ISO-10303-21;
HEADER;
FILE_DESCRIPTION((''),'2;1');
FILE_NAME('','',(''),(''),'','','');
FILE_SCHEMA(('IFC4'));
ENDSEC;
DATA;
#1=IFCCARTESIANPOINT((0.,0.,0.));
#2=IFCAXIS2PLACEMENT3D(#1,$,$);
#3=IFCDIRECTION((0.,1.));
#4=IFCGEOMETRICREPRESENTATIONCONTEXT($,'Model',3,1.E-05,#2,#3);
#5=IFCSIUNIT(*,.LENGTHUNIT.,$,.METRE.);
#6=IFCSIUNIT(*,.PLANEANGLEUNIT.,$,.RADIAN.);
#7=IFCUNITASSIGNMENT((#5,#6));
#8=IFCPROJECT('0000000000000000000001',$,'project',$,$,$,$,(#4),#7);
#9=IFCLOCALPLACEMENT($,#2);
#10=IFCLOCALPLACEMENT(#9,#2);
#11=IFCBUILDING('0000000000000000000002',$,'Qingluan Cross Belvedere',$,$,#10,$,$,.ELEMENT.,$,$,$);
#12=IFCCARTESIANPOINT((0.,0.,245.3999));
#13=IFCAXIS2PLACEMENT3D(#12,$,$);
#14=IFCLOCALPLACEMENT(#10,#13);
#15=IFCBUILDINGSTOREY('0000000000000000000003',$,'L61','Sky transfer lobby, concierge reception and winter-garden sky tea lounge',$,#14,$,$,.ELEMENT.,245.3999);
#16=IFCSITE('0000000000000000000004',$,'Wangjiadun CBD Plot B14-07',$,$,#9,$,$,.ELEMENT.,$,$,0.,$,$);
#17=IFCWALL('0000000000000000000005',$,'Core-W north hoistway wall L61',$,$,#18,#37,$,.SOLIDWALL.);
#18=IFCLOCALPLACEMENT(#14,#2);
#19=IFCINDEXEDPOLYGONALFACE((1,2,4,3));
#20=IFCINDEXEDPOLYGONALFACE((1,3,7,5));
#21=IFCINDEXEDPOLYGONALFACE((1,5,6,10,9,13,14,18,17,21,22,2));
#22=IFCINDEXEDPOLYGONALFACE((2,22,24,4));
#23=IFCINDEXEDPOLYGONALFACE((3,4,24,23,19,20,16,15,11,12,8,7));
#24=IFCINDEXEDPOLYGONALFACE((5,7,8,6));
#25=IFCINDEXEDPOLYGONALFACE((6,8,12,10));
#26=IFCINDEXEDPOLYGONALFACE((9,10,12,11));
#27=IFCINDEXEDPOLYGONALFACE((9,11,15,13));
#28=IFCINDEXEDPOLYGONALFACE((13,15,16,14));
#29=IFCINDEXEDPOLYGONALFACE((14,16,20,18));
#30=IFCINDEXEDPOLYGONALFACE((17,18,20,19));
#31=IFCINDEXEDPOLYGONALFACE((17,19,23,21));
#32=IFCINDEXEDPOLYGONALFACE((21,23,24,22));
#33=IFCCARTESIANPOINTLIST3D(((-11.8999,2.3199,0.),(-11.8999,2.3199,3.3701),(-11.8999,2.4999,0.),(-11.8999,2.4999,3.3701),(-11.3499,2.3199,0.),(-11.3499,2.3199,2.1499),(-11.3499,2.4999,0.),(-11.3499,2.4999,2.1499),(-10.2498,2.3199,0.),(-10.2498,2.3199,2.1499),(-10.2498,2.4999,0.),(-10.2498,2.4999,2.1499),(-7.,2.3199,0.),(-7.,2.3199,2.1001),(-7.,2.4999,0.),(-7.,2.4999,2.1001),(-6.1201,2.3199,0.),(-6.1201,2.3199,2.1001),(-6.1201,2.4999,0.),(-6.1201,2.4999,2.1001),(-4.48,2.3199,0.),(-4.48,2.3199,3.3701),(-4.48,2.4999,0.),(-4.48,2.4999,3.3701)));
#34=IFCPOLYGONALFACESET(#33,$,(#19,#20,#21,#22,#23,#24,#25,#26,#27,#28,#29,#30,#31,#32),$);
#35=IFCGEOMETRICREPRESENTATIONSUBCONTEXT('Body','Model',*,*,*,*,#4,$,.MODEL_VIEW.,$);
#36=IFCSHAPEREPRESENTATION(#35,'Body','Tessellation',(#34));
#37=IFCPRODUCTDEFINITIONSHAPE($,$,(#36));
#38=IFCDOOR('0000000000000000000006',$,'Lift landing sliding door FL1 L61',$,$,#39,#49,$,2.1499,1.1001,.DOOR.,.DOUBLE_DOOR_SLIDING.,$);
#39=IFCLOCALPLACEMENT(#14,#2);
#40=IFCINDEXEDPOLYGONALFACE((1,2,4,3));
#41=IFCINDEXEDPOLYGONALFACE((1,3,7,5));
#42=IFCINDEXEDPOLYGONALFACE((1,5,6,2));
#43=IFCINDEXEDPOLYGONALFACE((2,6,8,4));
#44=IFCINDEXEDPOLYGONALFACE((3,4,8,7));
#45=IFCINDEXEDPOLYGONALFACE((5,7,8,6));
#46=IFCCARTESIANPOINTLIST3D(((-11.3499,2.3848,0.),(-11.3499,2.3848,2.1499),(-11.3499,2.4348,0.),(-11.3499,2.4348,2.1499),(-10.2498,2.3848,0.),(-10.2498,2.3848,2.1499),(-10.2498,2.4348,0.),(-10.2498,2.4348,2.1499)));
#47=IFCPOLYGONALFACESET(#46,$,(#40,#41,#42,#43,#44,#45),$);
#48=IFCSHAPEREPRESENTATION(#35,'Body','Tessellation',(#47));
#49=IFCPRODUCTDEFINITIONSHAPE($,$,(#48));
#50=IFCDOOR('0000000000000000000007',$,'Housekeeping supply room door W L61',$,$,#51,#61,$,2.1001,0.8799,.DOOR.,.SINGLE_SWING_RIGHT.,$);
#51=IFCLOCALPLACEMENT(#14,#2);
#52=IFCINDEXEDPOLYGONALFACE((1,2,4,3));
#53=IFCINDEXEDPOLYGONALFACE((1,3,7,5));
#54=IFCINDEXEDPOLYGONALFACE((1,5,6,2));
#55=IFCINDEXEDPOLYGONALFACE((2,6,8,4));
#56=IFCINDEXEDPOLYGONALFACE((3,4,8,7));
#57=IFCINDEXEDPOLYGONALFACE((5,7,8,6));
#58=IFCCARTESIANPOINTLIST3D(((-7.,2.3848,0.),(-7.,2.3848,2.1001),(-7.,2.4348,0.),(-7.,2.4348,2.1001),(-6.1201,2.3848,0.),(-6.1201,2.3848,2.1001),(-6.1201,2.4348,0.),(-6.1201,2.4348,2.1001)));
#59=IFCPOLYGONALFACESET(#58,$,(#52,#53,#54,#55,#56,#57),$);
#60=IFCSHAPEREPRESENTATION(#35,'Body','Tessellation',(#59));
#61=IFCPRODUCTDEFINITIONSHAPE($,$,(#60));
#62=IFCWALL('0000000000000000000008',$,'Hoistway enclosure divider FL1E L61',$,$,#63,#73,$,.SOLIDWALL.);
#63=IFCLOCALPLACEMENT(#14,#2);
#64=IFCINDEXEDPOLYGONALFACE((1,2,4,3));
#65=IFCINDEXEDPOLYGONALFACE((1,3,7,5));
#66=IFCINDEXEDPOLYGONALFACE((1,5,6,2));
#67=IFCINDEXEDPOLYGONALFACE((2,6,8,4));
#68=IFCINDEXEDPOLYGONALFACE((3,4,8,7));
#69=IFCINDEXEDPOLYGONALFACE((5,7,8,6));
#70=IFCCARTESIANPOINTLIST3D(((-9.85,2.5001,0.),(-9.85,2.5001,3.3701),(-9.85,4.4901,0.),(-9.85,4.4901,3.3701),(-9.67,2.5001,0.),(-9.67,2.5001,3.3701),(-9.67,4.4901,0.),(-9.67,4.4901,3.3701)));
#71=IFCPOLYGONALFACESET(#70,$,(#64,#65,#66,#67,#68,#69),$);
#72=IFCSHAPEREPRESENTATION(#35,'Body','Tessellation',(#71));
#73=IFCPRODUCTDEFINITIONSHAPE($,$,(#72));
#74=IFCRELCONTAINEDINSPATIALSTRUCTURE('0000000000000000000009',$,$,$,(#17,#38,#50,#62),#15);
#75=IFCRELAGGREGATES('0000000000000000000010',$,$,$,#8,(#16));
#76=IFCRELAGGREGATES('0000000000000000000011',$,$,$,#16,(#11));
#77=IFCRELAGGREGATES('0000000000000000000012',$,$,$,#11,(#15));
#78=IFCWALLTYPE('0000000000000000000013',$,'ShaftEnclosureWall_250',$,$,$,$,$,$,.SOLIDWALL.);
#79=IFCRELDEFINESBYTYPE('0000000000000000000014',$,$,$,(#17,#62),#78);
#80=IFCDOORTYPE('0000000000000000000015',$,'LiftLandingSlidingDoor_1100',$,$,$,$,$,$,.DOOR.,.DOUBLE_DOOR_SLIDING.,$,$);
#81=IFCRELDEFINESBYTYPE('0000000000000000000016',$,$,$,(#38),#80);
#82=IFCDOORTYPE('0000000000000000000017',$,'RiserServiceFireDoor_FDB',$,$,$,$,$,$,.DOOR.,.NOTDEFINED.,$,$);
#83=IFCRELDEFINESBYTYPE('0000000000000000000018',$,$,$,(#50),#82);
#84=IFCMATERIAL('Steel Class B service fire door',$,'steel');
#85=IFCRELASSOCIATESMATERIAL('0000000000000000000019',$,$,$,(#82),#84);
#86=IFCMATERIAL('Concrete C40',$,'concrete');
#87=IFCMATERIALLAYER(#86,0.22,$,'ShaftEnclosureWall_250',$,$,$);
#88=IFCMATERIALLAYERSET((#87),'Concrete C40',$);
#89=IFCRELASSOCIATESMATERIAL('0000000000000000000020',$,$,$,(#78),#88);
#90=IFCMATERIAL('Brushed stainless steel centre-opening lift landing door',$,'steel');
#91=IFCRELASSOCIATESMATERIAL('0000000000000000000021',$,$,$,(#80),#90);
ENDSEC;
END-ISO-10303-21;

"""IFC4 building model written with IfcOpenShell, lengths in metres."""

from ifc_helpers import new_model, si_unit, direction, frame, frame_2d, origin, place, context, subcontext, project, spatial, rectangle, extrude, material, layer, layer_set, type_object, element, fill, save


model = new_model("IFC4")

# Units and contexts
model_context = context("Model", 3, precision=1e-05, world=origin(), true_north=direction((0.0, 1.0)))
body_context = subcontext(model_context, "Body", "Model", "MODEL_VIEW")
ifc_project = project(units=[si_unit("LENGTHUNIT", "METRE"), si_unit("PLANEANGLEUNIT", "RADIAN")], contexts=[model_context])

# Site, building, storey
site_placement = place(None, origin())
site = spatial("IfcSite", under=ifc_project, at=site_placement, Name="Wangjiadun CBD Plot B14-07", CompositionType="ELEMENT", RefElevation=0.0)
building_placement = place(site_placement, origin())
building = spatial("IfcBuilding", under=site, at=building_placement, Name="Qingluan Cross Belvedere", CompositionType="ELEMENT")
storey_placement = place(building_placement, frame((0.0, 0.0, 245.3999)))
storey = spatial("IfcBuildingStorey", under=building, at=storey_placement, Name="L61", Description="Sky transfer lobby, concierge reception and winter-garden sky tea lounge", CompositionType="ELEMENT", Elevation=245.3999)

# Shared definitions
ifc_material_1 = material(Name="Steel Class B service fire door", Category="steel")
door_type_1 = type_object("IfcDoorType", Name="RiserServiceFireDoor_FDB", OperationType="NOTDEFINED", PredefinedType="DOOR", material=ifc_material_1)

# Wall, openings, doors
ifc_material_2 = material(Name="Concrete C40", Category="concrete")
ifc_layer_1 = layer(ifc_material_2, 0.22, Name="ShaftEnclosureWall_250")
ifc_layer_set_1 = layer_set([ifc_layer_1], Name="Concrete C40")
wall_type_1 = type_object("IfcWallType", Name="ShaftEnclosureWall_250", PredefinedType="SOLIDWALL", material=ifc_layer_set_1)
wall_1_placement = place(storey_placement, frame((-11.8999, 2.4099, 0.0), z_axis=(0.0, 0.0, 1.0), x_axis=(1.0, 0.0, 0.0)))
wall_1 = element("IfcWall", 1, at=wall_1_placement, inside=storey, type_object=wall_type_1, Name="Core-W north hoistway wall L61", PredefinedType="SOLIDWALL", context=body_context, shape_type="SweptSolid", body=[
    extrude(rectangle(XDim=7.4199, YDim=0.1799, at=frame_2d((3.71, 0.0))), origin(), (0.0, 0.0, 1.0), 3.3701),
])
opening_1_placement = place(wall_1_placement, frame((0.55, 0.0, 0.0)))
opening_1 = element("IfcOpeningElement", 2, at=opening_1_placement, cuts=wall_1, PredefinedType="OPENING", context=body_context, shape_type="SweptSolid", body=[
    extrude(rectangle(XDim=1.1001, YDim=2.1499, at=frame_2d((0.55, 1.075))), frame((0.0, 0.0999, 0.0), z_axis=(0.0, -1.0, 0.0), x_axis=(1.0, 0.0, 0.0)), (0.0, 0.0, 1.0), 0.2),
])
opening_2_placement = place(wall_1_placement, frame((4.8999, 0.0, 0.0)))
opening_2 = element("IfcOpeningElement", 3, at=opening_2_placement, cuts=wall_1, PredefinedType="OPENING", context=body_context, shape_type="SweptSolid", body=[
    extrude(rectangle(XDim=0.8799, YDim=2.1001, at=frame_2d((0.4399, 1.05))), frame((0.0, 0.0999, 0.0), z_axis=(0.0, -1.0, 0.0), x_axis=(1.0, 0.0, 0.0)), (0.0, 0.0, 1.0), 0.2),
])
ifc_material_3 = material(Name="Brushed stainless steel centre-opening lift landing door", Category="steel")
door_type_2 = type_object("IfcDoorType", Name="LiftLandingSlidingDoor_1100", OperationType="DOUBLE_DOOR_SLIDING", PredefinedType="DOOR", material=ifc_material_3)
door_1_placement = place(opening_1_placement, origin())
door_1 = element("IfcDoor", 4, at=door_1_placement, inside=storey, type_object=door_type_2, Name="Lift landing sliding door FL1 L61", OperationType="DOUBLE_DOOR_SLIDING", OverallHeight=2.1499, OverallWidth=1.1001, PredefinedType="DOOR", context=body_context, shape_type="SweptSolid", body=[
    extrude(rectangle(XDim=1.1001, YDim=2.1499, at=frame_2d((0.55, 1.075))), frame((0.0, 0.0249, 0.0), z_axis=(0.0, -1.0, 0.0), x_axis=(1.0, 0.0, 0.0)), (0.0, 0.0, 1.0), 0.05),
])
fill(opening_1, door_1)
door_2_placement = place(opening_2_placement, origin())
door_2 = element("IfcDoor", 5, at=door_2_placement, inside=storey, type_object=door_type_1, Name="Housekeeping supply room door W L61", OperationType="SINGLE_SWING_RIGHT", OverallHeight=2.1001, OverallWidth=0.8799, PredefinedType="DOOR", context=body_context, shape_type="SweptSolid", body=[
    extrude(rectangle(XDim=0.8799, YDim=2.1001, at=frame_2d((0.4399, 1.05))), frame((0.0, 0.0249, 0.0), z_axis=(0.0, -1.0, 0.0), x_axis=(1.0, 0.0, 0.0)), (0.0, 0.0, 1.0), 0.05),
])
fill(opening_2, door_2)

# Wall
wall_2_placement = place(storey_placement, frame((-9.76, 2.5, 0.0), z_axis=(0.0, 0.0, 1.0), x_axis=(0.0, 1.0, 0.0)))
element("IfcWall", 6, at=wall_2_placement, inside=storey, type_object=wall_type_1, Name="Hoistway enclosure divider FL1E L61", PredefinedType="SOLIDWALL", context=body_context, shape_type="SweptSolid", body=[
    extrude(rectangle(XDim=1.99, YDim=0.1799, at=frame_2d((0.9951, 0.0))), origin(), (0.0, 0.0, 1.0), 3.3701),
])

save(model, "model.ifc")
